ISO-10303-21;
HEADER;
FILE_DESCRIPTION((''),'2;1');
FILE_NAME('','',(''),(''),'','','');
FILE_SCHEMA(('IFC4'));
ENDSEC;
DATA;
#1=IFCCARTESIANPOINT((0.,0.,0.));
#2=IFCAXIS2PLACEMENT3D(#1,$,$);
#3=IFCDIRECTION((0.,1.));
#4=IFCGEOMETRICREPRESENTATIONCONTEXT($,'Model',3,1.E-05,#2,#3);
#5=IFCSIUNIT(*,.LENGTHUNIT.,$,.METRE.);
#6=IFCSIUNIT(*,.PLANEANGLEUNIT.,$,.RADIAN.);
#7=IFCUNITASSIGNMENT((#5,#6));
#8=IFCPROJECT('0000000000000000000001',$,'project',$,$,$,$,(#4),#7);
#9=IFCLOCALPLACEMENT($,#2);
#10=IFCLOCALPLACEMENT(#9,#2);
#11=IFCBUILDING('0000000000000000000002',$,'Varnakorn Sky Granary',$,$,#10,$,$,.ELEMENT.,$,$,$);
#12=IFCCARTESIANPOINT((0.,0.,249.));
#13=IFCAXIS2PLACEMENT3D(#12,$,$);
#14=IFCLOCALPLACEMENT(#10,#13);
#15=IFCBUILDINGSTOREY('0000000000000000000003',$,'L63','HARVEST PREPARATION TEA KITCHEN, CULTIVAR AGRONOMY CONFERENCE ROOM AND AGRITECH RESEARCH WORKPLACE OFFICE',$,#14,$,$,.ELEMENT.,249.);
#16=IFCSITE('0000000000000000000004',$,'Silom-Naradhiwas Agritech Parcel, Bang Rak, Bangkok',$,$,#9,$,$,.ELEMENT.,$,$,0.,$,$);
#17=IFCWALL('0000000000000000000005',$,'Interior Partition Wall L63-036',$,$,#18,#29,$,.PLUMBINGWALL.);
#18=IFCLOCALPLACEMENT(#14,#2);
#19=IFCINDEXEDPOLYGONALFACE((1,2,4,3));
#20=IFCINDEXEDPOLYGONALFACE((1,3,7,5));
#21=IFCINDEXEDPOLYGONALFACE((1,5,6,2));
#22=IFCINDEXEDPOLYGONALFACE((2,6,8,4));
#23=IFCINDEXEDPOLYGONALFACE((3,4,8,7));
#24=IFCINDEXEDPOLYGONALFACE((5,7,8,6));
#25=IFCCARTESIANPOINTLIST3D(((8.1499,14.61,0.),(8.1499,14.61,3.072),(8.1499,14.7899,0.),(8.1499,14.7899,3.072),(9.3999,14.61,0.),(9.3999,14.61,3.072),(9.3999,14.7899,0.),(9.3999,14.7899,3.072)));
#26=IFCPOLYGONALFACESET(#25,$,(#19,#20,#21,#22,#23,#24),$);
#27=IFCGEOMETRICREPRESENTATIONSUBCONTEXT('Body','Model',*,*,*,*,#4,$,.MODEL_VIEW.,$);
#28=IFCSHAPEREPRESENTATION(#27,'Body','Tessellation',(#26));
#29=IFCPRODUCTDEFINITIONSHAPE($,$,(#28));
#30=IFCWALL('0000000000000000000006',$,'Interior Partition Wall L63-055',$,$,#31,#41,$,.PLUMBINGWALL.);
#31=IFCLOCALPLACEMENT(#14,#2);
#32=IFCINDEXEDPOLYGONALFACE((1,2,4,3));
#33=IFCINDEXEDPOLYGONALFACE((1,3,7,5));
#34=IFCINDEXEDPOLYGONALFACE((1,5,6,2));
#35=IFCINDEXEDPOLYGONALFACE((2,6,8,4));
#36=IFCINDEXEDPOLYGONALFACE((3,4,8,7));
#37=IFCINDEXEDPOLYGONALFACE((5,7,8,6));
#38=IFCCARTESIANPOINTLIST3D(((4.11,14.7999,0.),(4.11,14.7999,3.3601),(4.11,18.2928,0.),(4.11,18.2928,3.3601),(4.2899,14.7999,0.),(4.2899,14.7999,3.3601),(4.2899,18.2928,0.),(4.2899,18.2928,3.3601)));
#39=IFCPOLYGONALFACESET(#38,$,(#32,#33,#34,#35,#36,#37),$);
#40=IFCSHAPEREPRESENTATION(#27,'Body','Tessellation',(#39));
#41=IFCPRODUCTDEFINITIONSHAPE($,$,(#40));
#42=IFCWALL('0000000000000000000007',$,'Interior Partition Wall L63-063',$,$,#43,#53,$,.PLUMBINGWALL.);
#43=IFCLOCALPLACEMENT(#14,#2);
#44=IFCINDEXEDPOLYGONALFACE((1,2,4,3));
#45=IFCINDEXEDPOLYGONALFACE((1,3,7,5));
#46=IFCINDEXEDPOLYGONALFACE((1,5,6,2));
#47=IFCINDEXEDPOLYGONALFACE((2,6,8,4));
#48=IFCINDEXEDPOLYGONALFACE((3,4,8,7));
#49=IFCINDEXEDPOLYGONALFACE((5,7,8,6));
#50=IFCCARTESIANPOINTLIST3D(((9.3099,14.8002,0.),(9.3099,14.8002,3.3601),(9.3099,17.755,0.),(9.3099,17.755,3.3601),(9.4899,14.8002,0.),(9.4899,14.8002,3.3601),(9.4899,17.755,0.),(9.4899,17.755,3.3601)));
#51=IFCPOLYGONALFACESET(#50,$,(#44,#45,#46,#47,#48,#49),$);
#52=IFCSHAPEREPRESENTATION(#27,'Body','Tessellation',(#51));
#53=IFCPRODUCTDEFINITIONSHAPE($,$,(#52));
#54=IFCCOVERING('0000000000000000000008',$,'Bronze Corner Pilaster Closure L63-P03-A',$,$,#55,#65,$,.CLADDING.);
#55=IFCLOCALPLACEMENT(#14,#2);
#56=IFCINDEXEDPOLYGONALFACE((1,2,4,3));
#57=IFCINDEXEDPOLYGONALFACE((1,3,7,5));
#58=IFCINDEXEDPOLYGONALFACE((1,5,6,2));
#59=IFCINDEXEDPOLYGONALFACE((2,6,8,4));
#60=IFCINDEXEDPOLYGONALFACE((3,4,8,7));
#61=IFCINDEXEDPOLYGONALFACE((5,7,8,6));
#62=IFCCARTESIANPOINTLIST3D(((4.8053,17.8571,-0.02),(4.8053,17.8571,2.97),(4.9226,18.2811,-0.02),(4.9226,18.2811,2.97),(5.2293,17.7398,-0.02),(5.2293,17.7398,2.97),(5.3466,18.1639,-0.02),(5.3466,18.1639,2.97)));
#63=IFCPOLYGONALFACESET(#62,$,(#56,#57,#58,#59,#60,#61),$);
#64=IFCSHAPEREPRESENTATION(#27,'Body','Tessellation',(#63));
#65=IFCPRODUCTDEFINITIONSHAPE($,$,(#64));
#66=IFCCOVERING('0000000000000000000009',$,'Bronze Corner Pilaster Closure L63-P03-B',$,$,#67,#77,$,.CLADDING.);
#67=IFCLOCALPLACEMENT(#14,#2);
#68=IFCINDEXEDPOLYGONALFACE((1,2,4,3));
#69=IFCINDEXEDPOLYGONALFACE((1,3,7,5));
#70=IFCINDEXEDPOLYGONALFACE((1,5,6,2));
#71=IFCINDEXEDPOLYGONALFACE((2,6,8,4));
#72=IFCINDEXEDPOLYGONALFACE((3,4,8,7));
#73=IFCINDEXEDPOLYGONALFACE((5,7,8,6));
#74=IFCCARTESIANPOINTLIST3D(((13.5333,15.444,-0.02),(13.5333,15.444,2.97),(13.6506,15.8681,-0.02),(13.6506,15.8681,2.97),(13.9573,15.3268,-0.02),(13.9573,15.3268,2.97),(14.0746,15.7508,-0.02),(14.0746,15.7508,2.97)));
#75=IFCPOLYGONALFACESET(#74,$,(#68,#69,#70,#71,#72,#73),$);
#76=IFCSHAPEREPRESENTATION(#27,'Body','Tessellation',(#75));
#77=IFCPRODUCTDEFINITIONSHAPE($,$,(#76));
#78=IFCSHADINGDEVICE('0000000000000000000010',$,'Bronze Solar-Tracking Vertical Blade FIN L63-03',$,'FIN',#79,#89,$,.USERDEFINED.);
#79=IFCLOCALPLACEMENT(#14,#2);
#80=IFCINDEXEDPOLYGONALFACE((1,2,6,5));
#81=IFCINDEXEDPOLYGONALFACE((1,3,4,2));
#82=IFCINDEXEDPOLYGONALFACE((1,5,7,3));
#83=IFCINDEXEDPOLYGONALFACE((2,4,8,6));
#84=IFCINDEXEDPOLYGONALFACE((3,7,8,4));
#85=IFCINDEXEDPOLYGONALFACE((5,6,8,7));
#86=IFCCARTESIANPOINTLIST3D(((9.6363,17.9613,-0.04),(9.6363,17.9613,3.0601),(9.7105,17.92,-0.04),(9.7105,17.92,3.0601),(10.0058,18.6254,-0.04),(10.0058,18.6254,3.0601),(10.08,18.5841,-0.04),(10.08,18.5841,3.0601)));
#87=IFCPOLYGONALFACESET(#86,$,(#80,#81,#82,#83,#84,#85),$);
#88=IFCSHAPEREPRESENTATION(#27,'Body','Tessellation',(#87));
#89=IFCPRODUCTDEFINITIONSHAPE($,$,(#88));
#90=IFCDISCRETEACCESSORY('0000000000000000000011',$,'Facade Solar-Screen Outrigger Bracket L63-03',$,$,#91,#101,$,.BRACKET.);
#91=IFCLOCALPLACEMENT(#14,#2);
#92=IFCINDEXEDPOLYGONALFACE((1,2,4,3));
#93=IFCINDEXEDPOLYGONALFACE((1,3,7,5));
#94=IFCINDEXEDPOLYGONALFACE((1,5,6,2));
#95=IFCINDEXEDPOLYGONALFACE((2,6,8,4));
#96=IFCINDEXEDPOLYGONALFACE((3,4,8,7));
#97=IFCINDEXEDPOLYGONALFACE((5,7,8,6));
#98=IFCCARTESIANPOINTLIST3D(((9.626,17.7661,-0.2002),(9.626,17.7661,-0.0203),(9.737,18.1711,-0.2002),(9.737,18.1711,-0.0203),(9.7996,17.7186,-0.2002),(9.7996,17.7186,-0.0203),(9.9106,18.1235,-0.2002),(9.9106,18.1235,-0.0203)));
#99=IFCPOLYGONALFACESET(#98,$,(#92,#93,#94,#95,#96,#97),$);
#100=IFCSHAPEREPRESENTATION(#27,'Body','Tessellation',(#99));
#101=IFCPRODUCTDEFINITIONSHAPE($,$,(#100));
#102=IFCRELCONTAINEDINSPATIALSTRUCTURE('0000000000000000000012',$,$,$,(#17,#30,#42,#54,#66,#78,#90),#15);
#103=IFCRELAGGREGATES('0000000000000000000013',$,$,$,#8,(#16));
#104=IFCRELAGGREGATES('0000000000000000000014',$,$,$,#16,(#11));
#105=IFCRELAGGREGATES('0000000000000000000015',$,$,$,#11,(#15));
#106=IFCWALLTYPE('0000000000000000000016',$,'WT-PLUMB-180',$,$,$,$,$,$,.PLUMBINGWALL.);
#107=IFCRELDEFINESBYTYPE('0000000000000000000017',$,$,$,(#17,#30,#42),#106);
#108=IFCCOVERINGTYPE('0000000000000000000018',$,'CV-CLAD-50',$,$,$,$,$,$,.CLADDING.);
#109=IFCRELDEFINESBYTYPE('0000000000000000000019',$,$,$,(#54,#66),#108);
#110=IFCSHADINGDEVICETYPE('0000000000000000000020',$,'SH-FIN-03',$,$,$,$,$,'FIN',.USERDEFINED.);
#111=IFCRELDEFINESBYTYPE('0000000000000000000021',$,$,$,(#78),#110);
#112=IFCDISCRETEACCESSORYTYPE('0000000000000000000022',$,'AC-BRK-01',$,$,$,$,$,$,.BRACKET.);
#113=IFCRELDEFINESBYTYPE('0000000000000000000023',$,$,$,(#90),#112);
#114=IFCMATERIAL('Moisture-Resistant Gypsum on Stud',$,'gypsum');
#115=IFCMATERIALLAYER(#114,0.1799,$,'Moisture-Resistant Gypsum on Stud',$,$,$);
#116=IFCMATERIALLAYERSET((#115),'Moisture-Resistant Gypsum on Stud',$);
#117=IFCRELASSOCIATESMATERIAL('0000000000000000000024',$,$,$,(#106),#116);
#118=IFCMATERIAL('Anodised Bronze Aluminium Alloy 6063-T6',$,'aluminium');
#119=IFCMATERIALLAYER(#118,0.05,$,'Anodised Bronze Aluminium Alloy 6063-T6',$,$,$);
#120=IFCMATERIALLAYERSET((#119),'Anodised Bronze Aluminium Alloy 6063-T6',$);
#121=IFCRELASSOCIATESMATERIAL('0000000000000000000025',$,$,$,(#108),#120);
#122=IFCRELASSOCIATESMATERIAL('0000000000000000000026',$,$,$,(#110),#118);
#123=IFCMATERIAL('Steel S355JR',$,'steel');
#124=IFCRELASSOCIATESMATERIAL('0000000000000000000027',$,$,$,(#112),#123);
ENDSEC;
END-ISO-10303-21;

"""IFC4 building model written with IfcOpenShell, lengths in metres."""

from ifc_helpers import new_model, si_unit, direction, frame, frame_2d, origin, origin_2d, place, context, subcontext, project, spatial, rectangle, extrude, source, transform, mapped, material, layer, layer_set, type_object, type_shapes, element, save


model = new_model("IFC4")

# Units and contexts
model_context = context("Model", 3, precision=1e-05, world=origin(), true_north=direction((0.0, 1.0)))
body_context = subcontext(model_context, "Body", "Model", "MODEL_VIEW")
ifc_project = project(units=[si_unit("LENGTHUNIT", "METRE"), si_unit("PLANEANGLEUNIT", "RADIAN")], contexts=[model_context])

# Site, building, storey
site_placement = place(None, origin())
site = spatial("IfcSite", under=ifc_project, at=site_placement, Name="Silom-Naradhiwas Agritech Parcel, Bang Rak, Bangkok", CompositionType="ELEMENT", RefElevation=0.0)
building_placement = place(site_placement, origin())
building = spatial("IfcBuilding", under=site, at=building_placement, Name="Varnakorn Sky Granary", CompositionType="ELEMENT")
storey_placement = place(building_placement, frame((0.0, 0.0, 249.0)))
storey = spatial("IfcBuildingStorey", under=building, at=storey_placement, Name="L63", Description="HARVEST PREPARATION TEA KITCHEN, CULTIVAR AGRONOMY CONFERENCE ROOM AND AGRITECH RESEARCH WORKPLACE OFFICE", CompositionType="ELEMENT", Elevation=249.0)

# Shared definitions
ifc_material_1 = material(Name="Steel S355JR", Category="steel")

# Shared definitions
ifc_material_2 = material(Name="Anodised Bronze Aluminium Alloy 6063-T6", Category="aluminium")

# Shared definitions
ifc_material_3 = material(Name="Moisture-Resistant Gypsum on Stud", Category="gypsum")
ifc_layer_1 = layer(ifc_material_3, 0.1799, Name="Moisture-Resistant Gypsum on Stud")
ifc_layer_set_1 = layer_set([ifc_layer_1], Name="Moisture-Resistant Gypsum on Stud")
wall_type_1 = type_object("IfcWallType", Name="WT-PLUMB-180", PredefinedType="PLUMBINGWALL", material=ifc_layer_set_1)

# Walls
wall_1_placement = place(storey_placement, frame((9.3999, 14.7, 0.0), z_axis=(0.0, 0.0, 1.0), x_axis=(-1.0, 0.0, 0.0)))
element("IfcWall", 1, at=wall_1_placement, inside=storey, type_object=wall_type_1, Name="Interior Partition Wall L63-036", PredefinedType="PLUMBINGWALL", context=body_context, shape_type="SweptSolid", body=[
    extrude(rectangle(XDim=1.25, YDim=0.1799, at=frame_2d((0.625, 0.0))), origin(), (0.0, 0.0, 1.0), 3.072),
])
wall_2_placement = place(storey_placement, frame((4.2, 18.293, 0.0), z_axis=(0.0, 0.0, 1.0), x_axis=(0.0, -1.0, 0.0)))
element("IfcWall", 2, at=wall_2_placement, inside=storey, type_object=wall_type_1, Name="Interior Partition Wall L63-055", PredefinedType="PLUMBINGWALL", context=body_context, shape_type="SweptSolid", body=[
    extrude(rectangle(XDim=3.4929, YDim=0.1799, at=frame_2d((1.7466, 0.0))), origin(), (0.0, 0.0, 1.0), 3.3601),
])
wall_3_placement = place(storey_placement, frame((9.3999, 14.8, 0.0), z_axis=(0.0, 0.0, 1.0), x_axis=(0.0, 1.0, 0.0)))
element("IfcWall", 3, at=wall_3_placement, inside=storey, type_object=wall_type_1, Name="Interior Partition Wall L63-063", PredefinedType="PLUMBINGWALL", context=body_context, shape_type="SweptSolid", body=[
    extrude(rectangle(XDim=2.9548, YDim=0.1799, at=frame_2d((1.4775, 0.0))), origin(), (0.0, 0.0, 1.0), 3.3601),
])

# Coverings
ifc_layer_2 = layer(ifc_material_2, 0.05, Name="Anodised Bronze Aluminium Alloy 6063-T6")
ifc_layer_set_2 = layer_set([ifc_layer_2], Name="Anodised Bronze Aluminium Alloy 6063-T6")
covering_type = type_object("IfcCoveringType", Name="CV-CLAD-50", PredefinedType="CLADDING", material=ifc_layer_set_2)
shared_shape_1 = source(origin(), body_context, "Body", "SweptSolid", [
    extrude(rectangle(XDim=0.4399, YDim=0.4399, at=origin_2d()), origin(), (0.0, 0.0, 1.0), 2.99),
])
type_shapes(covering_type, [shared_shape_1])
for number, where, z_axis, x_axis, name in (
    (4, (5.0759, 18.0105, -0.02), (0.0, 0.0, 1.0), (0.963817, -0.266566, 0.0), "Bronze Corner Pilaster Closure L63-P03-A"),
    (5, (13.804, 15.5974, -0.02), (0.0, 0.0, 1.0), (0.963817, -0.266566, 0.0), "Bronze Corner Pilaster Closure L63-P03-B"),
):
    element("IfcCovering", number, at=place(storey_placement, frame(where, z_axis=z_axis, x_axis=x_axis)), inside=storey, type_object=covering_type, Name=name, PredefinedType="CLADDING", context=body_context, shape_type="MappedRepresentation", body=[
        mapped(shared_shape_1, transform((0.0, 0.0, 0.0), x_axis=(1.0, 0.0, 0.0), y_axis=(0.0, 1.0, 0.0), z_axis=(0.0, 0.0, 1.0), scale=1.0)),
    ])

# Shading device
shading_device_type = type_object("IfcShadingDeviceType", Name="SH-FIN-03", ElementType="FIN", PredefinedType="USERDEFINED", material=ifc_material_2)
shared_shape_2 = source(origin(), body_context, "Body", "SweptSolid", [
    extrude(rectangle(XDim=0.085, YDim=0.76, at=origin_2d()), origin(), (0.0, 0.0, 1.0), 3.1001),
])
type_shapes(shading_device_type, [shared_shape_2])
shading_device_placement = place(storey_placement, frame((9.8582, 18.2727, -0.04), z_axis=(0.0, 0.0, 1.0), x_axis=(-0.873847, 0.4862, 0.0)))
element("IfcShadingDevice", 6, at=shading_device_placement, inside=storey, type_object=shading_device_type, Name="Bronze Solar-Tracking Vertical Blade FIN L63-03", ObjectType="FIN", PredefinedType="USERDEFINED", context=body_context, shape_type="MappedRepresentation", body=[
    mapped(shared_shape_2, transform((0.0, 0.0, 0.0), x_axis=(1.0, 0.0, 0.0), y_axis=(0.0, 1.0, 0.0), z_axis=(0.0, 0.0, 1.0), scale=1.0)),
])

# Discrete accessory
discrete_accessory_type = type_object("IfcDiscreteAccessoryType", Name="AC-BRK-01", PredefinedType="BRACKET", material=ifc_material_1)
shared_shape_3 = source(origin(), body_context, "Body", "SweptSolid", [
    extrude(rectangle(XDim=0.1799, YDim=0.4199, at=origin_2d()), origin(), (0.0, 0.0, 1.0), 0.1799),
])
type_shapes(discrete_accessory_type, [shared_shape_3])
discrete_accessory_placement = place(storey_placement, frame((9.7683, 17.9448, -0.2002), z_axis=(0.0, 0.0, 1.0), x_axis=(-0.964433, 0.264326, 0.0)))
element("IfcDiscreteAccessory", 7, at=discrete_accessory_placement, inside=storey, type_object=discrete_accessory_type, Name="Facade Solar-Screen Outrigger Bracket L63-03", PredefinedType="BRACKET", context=body_context, shape_type="MappedRepresentation", body=[
    mapped(shared_shape_3, transform((0.0, 0.0, 0.0), x_axis=(1.0, 0.0, 0.0), y_axis=(0.0, 1.0, 0.0), z_axis=(0.0, 0.0, 1.0), scale=1.0)),
])

save(model, "model.ifc")
